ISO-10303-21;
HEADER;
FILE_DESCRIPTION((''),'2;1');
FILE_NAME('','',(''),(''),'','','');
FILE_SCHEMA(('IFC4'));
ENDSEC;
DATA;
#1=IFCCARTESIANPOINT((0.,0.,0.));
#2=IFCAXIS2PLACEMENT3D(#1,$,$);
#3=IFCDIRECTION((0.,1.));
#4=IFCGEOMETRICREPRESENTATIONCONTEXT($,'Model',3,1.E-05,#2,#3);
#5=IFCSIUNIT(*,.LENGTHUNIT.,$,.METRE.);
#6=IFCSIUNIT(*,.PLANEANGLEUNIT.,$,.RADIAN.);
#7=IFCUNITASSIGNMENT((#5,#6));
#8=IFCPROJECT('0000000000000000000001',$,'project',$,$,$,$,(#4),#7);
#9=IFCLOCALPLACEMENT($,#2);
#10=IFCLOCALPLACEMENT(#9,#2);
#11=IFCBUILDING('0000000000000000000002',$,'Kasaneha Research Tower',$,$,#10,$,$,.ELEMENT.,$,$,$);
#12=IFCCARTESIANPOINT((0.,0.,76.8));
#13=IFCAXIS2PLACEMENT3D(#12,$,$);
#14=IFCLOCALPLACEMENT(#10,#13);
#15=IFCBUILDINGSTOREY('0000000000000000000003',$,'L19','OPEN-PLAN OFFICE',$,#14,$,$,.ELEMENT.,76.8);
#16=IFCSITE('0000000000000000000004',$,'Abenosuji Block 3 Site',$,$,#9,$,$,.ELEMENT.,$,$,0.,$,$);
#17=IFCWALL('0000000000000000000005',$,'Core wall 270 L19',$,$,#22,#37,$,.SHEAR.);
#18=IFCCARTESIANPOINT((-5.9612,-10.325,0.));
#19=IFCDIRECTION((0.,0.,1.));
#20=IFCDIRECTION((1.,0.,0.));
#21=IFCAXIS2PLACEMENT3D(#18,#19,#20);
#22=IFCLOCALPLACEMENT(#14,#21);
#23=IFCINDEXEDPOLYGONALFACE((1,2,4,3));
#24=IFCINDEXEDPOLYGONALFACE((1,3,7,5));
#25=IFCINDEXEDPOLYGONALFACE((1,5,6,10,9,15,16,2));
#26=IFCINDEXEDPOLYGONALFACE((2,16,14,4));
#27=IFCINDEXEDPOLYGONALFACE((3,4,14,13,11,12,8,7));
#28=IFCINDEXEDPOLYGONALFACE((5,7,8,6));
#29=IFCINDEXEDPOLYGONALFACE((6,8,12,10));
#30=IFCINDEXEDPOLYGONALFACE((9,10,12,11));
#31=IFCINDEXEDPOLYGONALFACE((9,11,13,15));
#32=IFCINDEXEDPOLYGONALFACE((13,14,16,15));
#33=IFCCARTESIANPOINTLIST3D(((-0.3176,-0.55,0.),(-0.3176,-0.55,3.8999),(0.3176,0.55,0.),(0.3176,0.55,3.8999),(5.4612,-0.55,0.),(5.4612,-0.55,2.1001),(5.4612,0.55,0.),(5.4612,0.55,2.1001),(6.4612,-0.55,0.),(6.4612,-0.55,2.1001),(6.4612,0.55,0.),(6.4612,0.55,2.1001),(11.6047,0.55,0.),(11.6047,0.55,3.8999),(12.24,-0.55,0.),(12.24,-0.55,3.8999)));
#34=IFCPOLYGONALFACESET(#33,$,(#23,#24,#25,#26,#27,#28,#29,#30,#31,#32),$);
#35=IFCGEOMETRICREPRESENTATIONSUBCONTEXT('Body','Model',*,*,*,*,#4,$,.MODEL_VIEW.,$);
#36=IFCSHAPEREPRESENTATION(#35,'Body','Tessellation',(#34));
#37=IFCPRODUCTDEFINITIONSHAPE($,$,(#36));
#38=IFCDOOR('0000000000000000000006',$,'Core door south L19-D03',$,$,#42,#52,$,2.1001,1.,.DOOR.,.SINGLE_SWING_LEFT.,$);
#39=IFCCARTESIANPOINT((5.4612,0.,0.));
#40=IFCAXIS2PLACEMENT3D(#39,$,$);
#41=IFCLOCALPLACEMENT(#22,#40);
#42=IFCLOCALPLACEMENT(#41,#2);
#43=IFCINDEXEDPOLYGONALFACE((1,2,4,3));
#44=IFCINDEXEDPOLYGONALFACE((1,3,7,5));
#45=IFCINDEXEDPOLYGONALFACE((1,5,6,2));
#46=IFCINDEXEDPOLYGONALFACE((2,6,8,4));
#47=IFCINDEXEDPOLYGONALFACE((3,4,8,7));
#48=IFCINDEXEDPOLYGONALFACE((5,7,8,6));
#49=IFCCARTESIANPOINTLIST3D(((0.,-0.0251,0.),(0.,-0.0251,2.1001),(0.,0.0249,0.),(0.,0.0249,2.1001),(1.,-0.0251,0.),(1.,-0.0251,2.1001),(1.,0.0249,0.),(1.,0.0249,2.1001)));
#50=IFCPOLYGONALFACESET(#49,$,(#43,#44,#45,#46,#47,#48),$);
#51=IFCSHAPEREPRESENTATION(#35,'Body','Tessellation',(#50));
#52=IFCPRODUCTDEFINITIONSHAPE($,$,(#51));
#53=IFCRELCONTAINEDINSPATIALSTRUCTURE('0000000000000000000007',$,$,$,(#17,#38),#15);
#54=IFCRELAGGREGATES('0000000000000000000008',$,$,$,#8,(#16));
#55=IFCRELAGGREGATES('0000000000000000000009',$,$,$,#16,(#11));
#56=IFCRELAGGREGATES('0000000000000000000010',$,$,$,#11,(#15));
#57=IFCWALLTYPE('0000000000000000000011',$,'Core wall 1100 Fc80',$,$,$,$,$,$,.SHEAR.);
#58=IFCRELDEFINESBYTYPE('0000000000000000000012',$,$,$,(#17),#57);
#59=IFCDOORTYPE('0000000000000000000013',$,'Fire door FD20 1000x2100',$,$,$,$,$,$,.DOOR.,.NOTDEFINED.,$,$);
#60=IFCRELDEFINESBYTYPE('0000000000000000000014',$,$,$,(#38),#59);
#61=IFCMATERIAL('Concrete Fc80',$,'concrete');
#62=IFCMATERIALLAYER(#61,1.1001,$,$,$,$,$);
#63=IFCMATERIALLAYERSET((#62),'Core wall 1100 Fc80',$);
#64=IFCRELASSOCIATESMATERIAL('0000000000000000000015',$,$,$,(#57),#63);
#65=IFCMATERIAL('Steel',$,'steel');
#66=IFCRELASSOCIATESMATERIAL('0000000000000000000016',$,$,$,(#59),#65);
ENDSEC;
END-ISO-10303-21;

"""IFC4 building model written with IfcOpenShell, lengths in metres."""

from ifc_helpers import new_model, si_unit, direction, frame, frame_2d, origin, place, context, subcontext, project, spatial, polyline, rectangle, outline, extrude, material, layer, layer_set, type_object, element, fill, save


model = new_model("IFC4")

# Units and contexts
model_context = context("Model", 3, precision=1e-05, world=origin(), true_north=direction((0.0, 1.0)))
body_context = subcontext(model_context, "Body", "Model", "MODEL_VIEW")
ifc_project = project(units=[si_unit("LENGTHUNIT", "METRE"), si_unit("PLANEANGLEUNIT", "RADIAN")], contexts=[model_context])

# Site, building, storey
site_placement = place(None, origin())
site = spatial("IfcSite", under=ifc_project, at=site_placement, Name="Abenosuji Block 3 Site", CompositionType="ELEMENT", RefElevation=0.0)
building_placement = place(site_placement, origin())
building = spatial("IfcBuilding", under=site, at=building_placement, Name="Kasaneha Research Tower", CompositionType="ELEMENT")
storey_placement = place(building_placement, frame((0.0, 0.0, 76.8)))
storey = spatial("IfcBuildingStorey", under=building, at=storey_placement, Name="L19", Description="OPEN-PLAN OFFICE", CompositionType="ELEMENT", Elevation=76.8)

# Wall, opening, door
ifc_material_1 = material(Name="Concrete Fc80", Category="concrete")
ifc_layer_1 = layer(ifc_material_1, 1.1001)
ifc_layer_set_1 = layer_set([ifc_layer_1], Name="Core wall 1100 Fc80")
wall_type_1 = type_object("IfcWallType", Name="Core wall 1100 Fc80", PredefinedType="SHEAR", material=ifc_layer_set_1)
wall_1_placement = place(storey_placement, frame((-5.9612, -10.325, 0.0), z_axis=(0.0, 0.0, 1.0), x_axis=(1.0, 0.0, 0.0)))
wall_1 = element("IfcWall", 1, at=wall_1_placement, inside=storey, type_object=wall_type_1, Name="Core wall 270 L19", PredefinedType="SHEAR", context=body_context, shape_type="SweptSolid", body=[
    extrude(outline(polyline([(-0.3176, -0.55), (5.4612, -0.55), (6.4612, -0.55), (12.24, -0.55), (11.6047, 0.55), (6.4612, 0.55), (5.4612, 0.55), (0.3176, 0.55), (-0.3176, -0.55)])), origin(), (0.0, 0.0, 1.0), 3.8999),
])
opening_1_placement = place(wall_1_placement, frame((5.4612, 0.0, 0.0)))
opening_1 = element("IfcOpeningElement", 2, at=opening_1_placement, cuts=wall_1, PredefinedType="OPENING", context=body_context, shape_type="SweptSolid", body=[
    extrude(rectangle(XDim=1.0, YDim=2.1001, at=frame_2d((0.5, 1.05))), frame((0.0, 0.5601, 0.0), z_axis=(0.0, -1.0, 0.0), x_axis=(1.0, 0.0, 0.0)), (0.0, 0.0, 1.0), 1.1201),
])
ifc_material_2 = material(Name="Steel", Category="steel")
door_type_1 = type_object("IfcDoorType", Name="Fire door FD20 1000x2100", OperationType="NOTDEFINED", PredefinedType="DOOR", material=ifc_material_2)
door_1_placement = place(opening_1_placement, origin())
door_1 = element("IfcDoor", 3, at=door_1_placement, inside=storey, type_object=door_type_1, Name="Core door south L19-D03", OperationType="SINGLE_SWING_LEFT", OverallHeight=2.1001, OverallWidth=1.0, PredefinedType="DOOR", context=body_context, shape_type="SweptSolid", body=[
    extrude(rectangle(XDim=1.0, YDim=2.1001, at=frame_2d((0.5, 1.05))), frame((0.0, 0.0249, 0.0), z_axis=(0.0, -1.0, 0.0), x_axis=(1.0, 0.0, 0.0)), (0.0, 0.0, 1.0), 0.05),
])
fill(opening_1, door_1)

save(model, "model.ifc")
